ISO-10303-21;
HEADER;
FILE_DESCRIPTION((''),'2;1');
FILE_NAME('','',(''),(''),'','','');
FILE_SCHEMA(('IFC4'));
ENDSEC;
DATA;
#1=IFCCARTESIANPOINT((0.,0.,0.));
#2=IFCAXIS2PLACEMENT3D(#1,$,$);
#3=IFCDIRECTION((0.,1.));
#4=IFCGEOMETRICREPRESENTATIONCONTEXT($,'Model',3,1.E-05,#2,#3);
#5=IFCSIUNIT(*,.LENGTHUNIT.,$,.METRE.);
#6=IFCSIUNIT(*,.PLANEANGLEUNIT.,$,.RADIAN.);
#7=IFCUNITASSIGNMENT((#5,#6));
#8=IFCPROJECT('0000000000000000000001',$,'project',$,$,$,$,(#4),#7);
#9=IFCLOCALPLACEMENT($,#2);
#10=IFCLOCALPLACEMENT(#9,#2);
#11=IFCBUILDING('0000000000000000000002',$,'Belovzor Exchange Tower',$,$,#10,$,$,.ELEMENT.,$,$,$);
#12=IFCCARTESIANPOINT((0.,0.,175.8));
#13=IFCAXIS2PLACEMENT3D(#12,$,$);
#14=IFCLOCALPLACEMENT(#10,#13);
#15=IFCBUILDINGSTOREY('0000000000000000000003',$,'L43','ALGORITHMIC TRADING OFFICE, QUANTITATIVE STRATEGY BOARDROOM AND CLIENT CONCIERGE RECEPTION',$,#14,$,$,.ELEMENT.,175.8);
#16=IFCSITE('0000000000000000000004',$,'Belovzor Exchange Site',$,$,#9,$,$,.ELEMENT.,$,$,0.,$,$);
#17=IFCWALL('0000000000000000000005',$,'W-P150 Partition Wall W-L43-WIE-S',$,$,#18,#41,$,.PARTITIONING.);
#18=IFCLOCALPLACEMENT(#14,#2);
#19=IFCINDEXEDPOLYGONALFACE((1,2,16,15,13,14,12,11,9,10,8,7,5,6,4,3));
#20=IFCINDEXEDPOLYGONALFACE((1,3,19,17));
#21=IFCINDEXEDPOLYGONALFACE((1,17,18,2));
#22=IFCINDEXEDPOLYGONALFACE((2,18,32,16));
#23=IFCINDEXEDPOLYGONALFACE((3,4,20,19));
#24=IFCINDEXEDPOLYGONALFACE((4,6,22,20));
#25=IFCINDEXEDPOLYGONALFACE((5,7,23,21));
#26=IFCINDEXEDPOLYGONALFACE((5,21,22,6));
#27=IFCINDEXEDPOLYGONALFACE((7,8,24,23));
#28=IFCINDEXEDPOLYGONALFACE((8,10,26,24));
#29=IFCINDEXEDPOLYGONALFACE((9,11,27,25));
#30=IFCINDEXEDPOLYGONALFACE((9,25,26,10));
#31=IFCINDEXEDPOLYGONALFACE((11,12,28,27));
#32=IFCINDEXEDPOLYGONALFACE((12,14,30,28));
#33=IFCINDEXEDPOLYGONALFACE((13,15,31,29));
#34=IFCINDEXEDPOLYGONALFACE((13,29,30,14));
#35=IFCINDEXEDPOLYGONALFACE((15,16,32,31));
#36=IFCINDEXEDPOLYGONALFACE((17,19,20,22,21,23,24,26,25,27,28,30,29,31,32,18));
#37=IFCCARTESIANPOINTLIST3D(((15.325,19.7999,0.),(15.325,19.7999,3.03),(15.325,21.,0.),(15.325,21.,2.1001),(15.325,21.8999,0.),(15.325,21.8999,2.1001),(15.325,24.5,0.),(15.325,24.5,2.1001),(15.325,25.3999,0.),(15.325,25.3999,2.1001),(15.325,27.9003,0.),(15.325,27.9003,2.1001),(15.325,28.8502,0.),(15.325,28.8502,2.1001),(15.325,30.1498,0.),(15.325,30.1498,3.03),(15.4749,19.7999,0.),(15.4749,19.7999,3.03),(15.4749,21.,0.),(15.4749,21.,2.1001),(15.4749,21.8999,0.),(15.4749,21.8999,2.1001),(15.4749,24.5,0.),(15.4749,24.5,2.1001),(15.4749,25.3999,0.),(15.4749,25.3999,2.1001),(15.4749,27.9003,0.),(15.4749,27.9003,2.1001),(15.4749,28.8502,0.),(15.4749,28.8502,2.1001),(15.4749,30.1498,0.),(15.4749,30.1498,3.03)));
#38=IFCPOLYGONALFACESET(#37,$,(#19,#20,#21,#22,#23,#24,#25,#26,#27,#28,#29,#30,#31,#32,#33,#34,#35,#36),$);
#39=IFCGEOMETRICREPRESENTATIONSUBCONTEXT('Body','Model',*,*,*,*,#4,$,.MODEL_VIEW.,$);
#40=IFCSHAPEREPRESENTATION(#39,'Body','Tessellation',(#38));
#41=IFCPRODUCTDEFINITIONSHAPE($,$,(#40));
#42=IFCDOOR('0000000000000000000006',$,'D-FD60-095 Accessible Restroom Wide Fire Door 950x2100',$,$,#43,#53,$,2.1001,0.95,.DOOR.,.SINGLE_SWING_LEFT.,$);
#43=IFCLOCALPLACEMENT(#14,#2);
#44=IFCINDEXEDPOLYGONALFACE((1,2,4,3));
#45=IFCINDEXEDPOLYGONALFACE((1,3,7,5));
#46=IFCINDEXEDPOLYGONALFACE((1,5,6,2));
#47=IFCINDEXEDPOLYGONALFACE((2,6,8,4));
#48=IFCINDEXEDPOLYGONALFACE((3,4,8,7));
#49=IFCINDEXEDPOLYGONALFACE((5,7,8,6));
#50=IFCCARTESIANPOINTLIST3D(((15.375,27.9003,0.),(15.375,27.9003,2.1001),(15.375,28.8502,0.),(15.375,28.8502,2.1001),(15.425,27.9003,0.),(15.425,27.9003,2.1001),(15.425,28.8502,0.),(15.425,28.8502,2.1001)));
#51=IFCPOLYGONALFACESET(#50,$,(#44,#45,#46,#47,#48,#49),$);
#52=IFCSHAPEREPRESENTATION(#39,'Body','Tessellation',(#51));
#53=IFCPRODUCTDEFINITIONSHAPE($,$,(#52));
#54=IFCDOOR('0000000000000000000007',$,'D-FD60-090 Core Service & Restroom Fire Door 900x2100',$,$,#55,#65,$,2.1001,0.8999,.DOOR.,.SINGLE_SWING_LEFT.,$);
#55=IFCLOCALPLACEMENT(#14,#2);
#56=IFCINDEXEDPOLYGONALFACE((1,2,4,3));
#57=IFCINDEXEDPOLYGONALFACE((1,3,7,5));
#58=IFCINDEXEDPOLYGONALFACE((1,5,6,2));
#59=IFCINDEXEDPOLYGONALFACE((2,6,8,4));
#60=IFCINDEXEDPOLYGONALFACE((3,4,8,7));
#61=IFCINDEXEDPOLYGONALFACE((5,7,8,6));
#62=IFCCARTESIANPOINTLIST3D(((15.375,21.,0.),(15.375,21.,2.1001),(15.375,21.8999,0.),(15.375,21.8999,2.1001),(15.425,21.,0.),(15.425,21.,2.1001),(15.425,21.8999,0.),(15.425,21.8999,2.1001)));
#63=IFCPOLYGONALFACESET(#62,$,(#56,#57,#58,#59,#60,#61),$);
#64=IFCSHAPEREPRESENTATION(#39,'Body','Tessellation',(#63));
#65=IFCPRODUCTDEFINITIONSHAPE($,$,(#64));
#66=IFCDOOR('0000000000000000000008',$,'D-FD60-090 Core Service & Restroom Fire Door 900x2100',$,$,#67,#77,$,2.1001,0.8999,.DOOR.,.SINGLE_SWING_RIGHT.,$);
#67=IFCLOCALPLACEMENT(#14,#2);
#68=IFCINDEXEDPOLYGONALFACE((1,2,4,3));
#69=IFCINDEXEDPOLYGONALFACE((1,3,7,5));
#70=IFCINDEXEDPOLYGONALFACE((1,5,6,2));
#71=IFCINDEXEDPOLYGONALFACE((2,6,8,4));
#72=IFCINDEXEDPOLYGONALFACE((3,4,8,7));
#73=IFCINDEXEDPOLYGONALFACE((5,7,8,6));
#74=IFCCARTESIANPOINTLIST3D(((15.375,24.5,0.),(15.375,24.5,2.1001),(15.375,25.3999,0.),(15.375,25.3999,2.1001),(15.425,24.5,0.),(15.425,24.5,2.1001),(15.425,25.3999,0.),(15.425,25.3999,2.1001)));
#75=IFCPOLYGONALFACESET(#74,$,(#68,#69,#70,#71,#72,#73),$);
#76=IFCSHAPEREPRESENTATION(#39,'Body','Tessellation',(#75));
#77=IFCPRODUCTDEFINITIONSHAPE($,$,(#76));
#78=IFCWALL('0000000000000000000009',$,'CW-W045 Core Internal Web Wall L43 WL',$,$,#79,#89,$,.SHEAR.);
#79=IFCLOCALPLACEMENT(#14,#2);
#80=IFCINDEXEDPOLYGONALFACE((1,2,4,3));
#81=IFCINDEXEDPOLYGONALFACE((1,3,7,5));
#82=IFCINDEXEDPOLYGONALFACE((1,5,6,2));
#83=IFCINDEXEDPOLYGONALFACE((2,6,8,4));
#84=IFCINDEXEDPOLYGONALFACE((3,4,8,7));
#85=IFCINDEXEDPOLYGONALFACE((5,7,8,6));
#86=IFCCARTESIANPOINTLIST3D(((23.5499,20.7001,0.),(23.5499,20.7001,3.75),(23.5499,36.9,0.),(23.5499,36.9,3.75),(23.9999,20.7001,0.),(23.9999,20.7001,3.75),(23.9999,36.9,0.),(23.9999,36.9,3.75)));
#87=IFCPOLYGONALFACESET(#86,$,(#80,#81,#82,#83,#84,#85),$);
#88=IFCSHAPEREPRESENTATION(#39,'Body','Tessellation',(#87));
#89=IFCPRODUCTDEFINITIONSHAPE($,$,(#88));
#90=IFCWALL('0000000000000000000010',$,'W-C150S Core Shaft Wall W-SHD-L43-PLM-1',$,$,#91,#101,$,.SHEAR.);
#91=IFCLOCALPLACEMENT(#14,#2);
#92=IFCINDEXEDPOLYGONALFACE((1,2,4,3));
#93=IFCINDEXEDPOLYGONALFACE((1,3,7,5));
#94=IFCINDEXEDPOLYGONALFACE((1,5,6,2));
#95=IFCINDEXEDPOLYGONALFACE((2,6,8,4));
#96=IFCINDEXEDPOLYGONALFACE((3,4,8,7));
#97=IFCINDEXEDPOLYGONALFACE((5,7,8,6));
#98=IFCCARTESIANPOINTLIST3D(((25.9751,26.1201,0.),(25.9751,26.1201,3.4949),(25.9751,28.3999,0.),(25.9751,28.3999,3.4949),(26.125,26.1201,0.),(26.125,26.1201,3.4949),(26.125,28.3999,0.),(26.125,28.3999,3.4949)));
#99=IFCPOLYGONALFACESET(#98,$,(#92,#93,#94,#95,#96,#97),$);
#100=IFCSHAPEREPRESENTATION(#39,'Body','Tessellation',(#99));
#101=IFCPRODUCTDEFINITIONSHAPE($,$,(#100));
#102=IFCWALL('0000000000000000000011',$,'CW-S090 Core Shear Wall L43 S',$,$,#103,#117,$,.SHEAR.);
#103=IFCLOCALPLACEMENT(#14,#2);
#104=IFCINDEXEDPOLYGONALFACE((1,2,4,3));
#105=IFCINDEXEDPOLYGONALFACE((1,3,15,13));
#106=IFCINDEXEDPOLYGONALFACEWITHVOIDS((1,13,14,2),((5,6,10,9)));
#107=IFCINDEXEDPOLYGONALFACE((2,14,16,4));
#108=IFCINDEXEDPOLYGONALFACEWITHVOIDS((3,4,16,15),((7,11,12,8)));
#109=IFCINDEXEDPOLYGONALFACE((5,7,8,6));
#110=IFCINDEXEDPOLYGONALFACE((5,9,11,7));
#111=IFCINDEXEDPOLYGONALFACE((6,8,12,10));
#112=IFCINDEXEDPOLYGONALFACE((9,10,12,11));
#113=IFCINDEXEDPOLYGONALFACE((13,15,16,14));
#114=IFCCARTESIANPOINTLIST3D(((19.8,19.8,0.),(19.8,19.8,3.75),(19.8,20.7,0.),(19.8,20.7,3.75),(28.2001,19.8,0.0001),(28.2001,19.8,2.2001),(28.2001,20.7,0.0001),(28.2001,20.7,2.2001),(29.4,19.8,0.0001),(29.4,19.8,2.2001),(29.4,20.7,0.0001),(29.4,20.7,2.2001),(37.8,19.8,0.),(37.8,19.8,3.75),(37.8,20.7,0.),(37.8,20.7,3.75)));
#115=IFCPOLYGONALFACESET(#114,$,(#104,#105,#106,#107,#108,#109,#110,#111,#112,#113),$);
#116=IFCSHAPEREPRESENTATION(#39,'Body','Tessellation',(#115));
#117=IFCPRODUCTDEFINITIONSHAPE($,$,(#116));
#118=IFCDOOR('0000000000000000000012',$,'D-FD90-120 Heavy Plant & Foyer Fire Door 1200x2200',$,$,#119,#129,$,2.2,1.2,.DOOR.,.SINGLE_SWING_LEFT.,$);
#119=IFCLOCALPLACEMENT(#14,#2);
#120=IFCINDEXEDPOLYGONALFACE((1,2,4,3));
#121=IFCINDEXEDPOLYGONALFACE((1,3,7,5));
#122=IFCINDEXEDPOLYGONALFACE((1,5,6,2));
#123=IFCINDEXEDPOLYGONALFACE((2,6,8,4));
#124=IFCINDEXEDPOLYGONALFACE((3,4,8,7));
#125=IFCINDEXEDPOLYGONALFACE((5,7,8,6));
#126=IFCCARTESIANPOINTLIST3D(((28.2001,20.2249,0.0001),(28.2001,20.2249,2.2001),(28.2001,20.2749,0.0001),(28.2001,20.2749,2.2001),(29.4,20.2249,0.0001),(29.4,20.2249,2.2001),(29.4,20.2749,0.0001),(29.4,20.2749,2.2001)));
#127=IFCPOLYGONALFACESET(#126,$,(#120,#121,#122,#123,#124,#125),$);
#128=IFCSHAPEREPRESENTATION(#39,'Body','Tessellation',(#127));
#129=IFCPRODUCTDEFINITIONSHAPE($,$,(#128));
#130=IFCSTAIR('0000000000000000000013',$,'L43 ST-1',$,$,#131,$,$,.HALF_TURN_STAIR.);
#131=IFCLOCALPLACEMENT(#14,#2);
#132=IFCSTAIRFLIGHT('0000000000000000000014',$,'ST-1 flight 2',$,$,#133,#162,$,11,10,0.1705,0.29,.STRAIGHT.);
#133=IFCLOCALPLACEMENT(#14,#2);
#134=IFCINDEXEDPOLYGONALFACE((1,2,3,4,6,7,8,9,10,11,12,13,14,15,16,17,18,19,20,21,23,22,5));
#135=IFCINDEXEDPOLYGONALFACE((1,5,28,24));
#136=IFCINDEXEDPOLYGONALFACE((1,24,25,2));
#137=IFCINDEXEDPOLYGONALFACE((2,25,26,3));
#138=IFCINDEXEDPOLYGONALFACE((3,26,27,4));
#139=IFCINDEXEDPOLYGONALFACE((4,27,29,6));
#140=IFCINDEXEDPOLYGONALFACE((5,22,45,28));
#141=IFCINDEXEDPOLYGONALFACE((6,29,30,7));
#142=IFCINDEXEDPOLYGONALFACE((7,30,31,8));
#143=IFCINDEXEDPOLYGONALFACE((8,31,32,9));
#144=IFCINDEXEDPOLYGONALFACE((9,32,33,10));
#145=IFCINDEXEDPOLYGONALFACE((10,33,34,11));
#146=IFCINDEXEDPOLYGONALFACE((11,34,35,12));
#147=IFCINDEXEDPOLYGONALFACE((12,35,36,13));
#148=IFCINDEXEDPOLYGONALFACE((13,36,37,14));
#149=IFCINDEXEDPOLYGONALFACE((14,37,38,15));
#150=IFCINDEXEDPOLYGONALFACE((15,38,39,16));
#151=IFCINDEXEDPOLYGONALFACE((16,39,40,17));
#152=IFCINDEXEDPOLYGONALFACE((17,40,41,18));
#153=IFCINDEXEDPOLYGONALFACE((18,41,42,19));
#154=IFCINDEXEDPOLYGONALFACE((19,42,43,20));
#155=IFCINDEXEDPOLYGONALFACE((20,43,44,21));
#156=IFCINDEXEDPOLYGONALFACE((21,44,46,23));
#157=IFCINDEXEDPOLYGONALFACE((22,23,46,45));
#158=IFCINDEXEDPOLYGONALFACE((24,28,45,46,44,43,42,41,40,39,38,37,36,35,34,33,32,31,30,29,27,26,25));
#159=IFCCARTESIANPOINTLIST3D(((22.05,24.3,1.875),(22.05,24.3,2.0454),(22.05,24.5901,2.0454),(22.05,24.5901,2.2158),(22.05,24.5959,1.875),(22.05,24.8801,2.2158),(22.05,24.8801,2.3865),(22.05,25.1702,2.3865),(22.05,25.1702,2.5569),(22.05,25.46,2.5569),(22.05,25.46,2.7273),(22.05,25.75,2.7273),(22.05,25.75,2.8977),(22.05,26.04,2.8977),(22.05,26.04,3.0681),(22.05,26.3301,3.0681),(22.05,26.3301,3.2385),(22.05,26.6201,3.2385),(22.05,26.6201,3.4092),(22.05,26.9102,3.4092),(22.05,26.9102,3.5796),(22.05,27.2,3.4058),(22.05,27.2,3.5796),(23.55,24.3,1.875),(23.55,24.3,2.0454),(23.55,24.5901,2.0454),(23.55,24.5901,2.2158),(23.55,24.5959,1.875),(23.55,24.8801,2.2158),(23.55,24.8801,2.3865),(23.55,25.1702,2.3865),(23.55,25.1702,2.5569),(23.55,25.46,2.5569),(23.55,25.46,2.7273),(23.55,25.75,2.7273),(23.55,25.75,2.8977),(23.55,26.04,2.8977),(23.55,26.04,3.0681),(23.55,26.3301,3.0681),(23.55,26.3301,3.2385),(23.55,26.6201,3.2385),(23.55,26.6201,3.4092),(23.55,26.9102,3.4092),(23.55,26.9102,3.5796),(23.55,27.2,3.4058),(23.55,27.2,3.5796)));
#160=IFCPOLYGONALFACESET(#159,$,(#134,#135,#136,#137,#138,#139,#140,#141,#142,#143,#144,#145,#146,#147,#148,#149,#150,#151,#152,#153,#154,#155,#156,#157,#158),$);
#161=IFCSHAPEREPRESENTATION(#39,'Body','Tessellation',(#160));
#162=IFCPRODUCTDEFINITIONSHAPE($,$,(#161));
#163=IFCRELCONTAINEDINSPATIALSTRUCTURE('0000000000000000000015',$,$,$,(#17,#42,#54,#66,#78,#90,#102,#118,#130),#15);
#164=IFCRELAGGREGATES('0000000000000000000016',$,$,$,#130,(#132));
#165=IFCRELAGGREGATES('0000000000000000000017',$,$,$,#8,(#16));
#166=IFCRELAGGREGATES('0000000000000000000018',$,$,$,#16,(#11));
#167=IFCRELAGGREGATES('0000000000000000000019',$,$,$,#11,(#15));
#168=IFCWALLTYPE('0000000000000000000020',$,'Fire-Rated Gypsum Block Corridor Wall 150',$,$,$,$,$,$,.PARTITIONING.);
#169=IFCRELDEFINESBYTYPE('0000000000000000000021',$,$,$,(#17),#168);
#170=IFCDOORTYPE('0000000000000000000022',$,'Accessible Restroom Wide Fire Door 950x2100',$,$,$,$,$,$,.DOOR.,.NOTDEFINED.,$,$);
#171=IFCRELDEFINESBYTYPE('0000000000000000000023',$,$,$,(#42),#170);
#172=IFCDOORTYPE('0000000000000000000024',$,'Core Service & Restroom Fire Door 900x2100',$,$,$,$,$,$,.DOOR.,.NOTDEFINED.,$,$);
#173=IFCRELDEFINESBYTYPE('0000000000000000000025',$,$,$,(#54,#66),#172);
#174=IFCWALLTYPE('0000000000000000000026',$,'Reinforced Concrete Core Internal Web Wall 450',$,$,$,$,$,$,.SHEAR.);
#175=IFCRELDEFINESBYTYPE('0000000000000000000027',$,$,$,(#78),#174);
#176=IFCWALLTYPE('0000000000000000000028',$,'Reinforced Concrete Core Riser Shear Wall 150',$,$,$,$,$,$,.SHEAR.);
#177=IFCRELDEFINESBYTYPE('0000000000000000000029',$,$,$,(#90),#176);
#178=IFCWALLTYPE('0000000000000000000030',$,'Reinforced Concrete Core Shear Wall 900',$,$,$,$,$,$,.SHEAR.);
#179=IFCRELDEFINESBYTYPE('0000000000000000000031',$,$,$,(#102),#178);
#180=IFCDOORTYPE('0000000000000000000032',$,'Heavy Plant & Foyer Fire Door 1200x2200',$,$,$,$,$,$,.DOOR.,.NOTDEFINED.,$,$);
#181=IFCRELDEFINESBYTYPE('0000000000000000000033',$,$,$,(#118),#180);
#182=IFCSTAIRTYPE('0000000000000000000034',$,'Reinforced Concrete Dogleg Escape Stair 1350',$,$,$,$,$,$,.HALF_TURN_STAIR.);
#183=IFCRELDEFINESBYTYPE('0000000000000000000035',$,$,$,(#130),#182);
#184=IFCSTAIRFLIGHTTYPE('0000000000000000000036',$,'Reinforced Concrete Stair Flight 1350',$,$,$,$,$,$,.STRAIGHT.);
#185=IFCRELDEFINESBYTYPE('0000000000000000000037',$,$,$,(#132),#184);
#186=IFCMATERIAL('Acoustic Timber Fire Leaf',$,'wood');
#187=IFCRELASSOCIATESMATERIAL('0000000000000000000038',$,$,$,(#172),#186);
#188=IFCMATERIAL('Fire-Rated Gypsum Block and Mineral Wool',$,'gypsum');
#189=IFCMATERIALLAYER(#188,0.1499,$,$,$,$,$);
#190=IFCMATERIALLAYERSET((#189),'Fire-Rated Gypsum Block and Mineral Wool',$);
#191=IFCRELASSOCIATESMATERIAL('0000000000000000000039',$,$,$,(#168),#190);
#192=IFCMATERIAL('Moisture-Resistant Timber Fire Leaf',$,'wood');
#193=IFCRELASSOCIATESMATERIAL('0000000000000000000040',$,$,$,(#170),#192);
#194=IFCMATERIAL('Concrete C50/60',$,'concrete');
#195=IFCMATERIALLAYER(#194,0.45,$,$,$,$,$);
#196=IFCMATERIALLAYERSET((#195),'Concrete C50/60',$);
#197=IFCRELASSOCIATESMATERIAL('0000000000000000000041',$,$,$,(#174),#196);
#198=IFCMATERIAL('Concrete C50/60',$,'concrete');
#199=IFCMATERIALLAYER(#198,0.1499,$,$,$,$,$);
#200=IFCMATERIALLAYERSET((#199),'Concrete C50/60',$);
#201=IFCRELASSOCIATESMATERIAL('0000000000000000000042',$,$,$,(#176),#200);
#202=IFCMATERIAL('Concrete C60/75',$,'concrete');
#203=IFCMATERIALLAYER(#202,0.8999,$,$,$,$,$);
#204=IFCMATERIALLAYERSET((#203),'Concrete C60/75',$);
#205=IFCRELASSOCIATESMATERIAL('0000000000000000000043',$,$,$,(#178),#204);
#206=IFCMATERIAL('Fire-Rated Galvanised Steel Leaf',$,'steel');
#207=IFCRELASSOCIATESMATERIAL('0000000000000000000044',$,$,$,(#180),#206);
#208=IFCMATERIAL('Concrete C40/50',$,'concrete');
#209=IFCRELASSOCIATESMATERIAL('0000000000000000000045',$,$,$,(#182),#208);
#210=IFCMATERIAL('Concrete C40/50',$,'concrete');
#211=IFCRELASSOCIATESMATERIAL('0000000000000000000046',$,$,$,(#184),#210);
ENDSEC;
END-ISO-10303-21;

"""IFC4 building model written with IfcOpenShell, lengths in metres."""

from ifc_helpers import new_model, si_unit, direction, frame, frame_2d, origin, place, context, subcontext, project, spatial, polyline, rectangle, outline, extrude, material, layer, layer_set, type_object, element, fill, aggregate, save


model = new_model("IFC4")

# Units and contexts
model_context = context("Model", 3, precision=1e-05, world=origin(), true_north=direction((0.0, 1.0)))
body_context = subcontext(model_context, "Body", "Model", "MODEL_VIEW")
ifc_project = project(units=[si_unit("LENGTHUNIT", "METRE"), si_unit("PLANEANGLEUNIT", "RADIAN")], contexts=[model_context])

# Site, building, storey
site_placement = place(None, origin())
site = spatial("IfcSite", under=ifc_project, at=site_placement, Name="Belovzor Exchange Site", CompositionType="ELEMENT", RefElevation=0.0)
building_placement = place(site_placement, origin())
building = spatial("IfcBuilding", under=site, at=building_placement, Name="Belovzor Exchange Tower", CompositionType="ELEMENT")
storey_placement = place(building_placement, frame((0.0, 0.0, 175.8)))
storey = spatial("IfcBuildingStorey", under=building, at=storey_placement, Name="L43", Description="ALGORITHMIC TRADING OFFICE, QUANTITATIVE STRATEGY BOARDROOM AND CLIENT CONCIERGE RECEPTION", CompositionType="ELEMENT", Elevation=175.8)

# Shared definitions
ifc_material_1 = material(Name="Acoustic Timber Fire Leaf", Category="wood")
door_type_1 = type_object("IfcDoorType", Name="Core Service & Restroom Fire Door 900x2100", OperationType="NOTDEFINED", PredefinedType="DOOR", material=ifc_material_1)

# Shared definitions
ifc_material_2 = material(Name="Fire-Rated Gypsum Block and Mineral Wool", Category="gypsum")
ifc_layer_1 = layer(ifc_material_2, 0.1499)
ifc_layer_set_1 = layer_set([ifc_layer_1], Name="Fire-Rated Gypsum Block and Mineral Wool")
wall_type_1 = type_object("IfcWallType", Name="Fire-Rated Gypsum Block Corridor Wall 150", PredefinedType="PARTITIONING", material=ifc_layer_set_1)

# Wall, openings, doors
wall_1_placement = place(storey_placement, frame((15.3999, 19.8, 0.0), z_axis=(0.0, 0.0, 1.0), x_axis=(0.0, 1.0, 0.0)))
wall_1 = element("IfcWall", 1, at=wall_1_placement, inside=storey, type_object=wall_type_1, Name="W-P150 Partition Wall W-L43-WIE-S", PredefinedType="PARTITIONING", context=body_context, shape_type="SweptSolid", body=[
    extrude(rectangle(XDim=10.3499, YDim=0.1499, at=frame_2d((5.1748, 0.0))), origin(), (0.0, 0.0, 1.0), 3.03),
])
opening_1_placement = place(wall_1_placement, frame((1.2, 0.0, 0.0)))
opening_1 = element("IfcOpeningElement", 2, at=opening_1_placement, cuts=wall_1, PredefinedType="OPENING", context=body_context, shape_type="SweptSolid", body=[
    extrude(rectangle(XDim=0.8999, YDim=2.1001, at=frame_2d((0.45, 1.05))), frame((0.0, 0.085, 0.0), z_axis=(0.0, -1.0, 0.0), x_axis=(1.0, 0.0, 0.0)), (0.0, 0.0, 1.0), 0.1699),
])
opening_2_placement = place(wall_1_placement, frame((4.7, 0.0, 0.0)))
opening_2 = element("IfcOpeningElement", 3, at=opening_2_placement, cuts=wall_1, PredefinedType="OPENING", context=body_context, shape_type="SweptSolid", body=[
    extrude(rectangle(XDim=0.8999, YDim=2.1001, at=frame_2d((0.45, 1.05))), frame((0.0, 0.085, 0.0), z_axis=(0.0, -1.0, 0.0), x_axis=(1.0, 0.0, 0.0)), (0.0, 0.0, 1.0), 0.1699),
])
opening_3_placement = place(wall_1_placement, frame((8.1001, 0.0, 0.0)))
opening_3 = element("IfcOpeningElement", 4, at=opening_3_placement, cuts=wall_1, PredefinedType="OPENING", context=body_context, shape_type="SweptSolid", body=[
    extrude(rectangle(XDim=0.95, YDim=2.1001, at=frame_2d((0.4751, 1.05))), frame((0.0, 0.085, 0.0), z_axis=(0.0, -1.0, 0.0), x_axis=(1.0, 0.0, 0.0)), (0.0, 0.0, 1.0), 0.1699),
])
ifc_material_3 = material(Name="Moisture-Resistant Timber Fire Leaf", Category="wood")
door_type_2 = type_object("IfcDoorType", Name="Accessible Restroom Wide Fire Door 950x2100", OperationType="NOTDEFINED", PredefinedType="DOOR", material=ifc_material_3)
door_1_placement = place(opening_3_placement, origin())
door_1 = element("IfcDoor", 5, at=door_1_placement, inside=storey, type_object=door_type_2, Name="D-FD60-095 Accessible Restroom Wide Fire Door 950x2100", OperationType="SINGLE_SWING_LEFT", OverallHeight=2.1001, OverallWidth=0.95, PredefinedType="DOOR", context=body_context, shape_type="SweptSolid", body=[
    extrude(rectangle(XDim=0.95, YDim=2.1001, at=frame_2d((0.4751, 1.05))), frame((0.0, 0.0249, 0.0), z_axis=(0.0, -1.0, 0.0), x_axis=(1.0, 0.0, 0.0)), (0.0, 0.0, 1.0), 0.05),
])
fill(opening_3, door_1)
door_2_placement = place(opening_1_placement, origin())
door_2 = element("IfcDoor", 6, at=door_2_placement, inside=storey, type_object=door_type_1, Name="D-FD60-090 Core Service & Restroom Fire Door 900x2100", OperationType="SINGLE_SWING_LEFT", OverallHeight=2.1001, OverallWidth=0.8999, PredefinedType="DOOR", context=body_context, shape_type="SweptSolid", body=[
    extrude(rectangle(XDim=0.8999, YDim=2.1001, at=frame_2d((0.45, 1.05))), frame((0.0, 0.0249, 0.0), z_axis=(0.0, -1.0, 0.0), x_axis=(1.0, 0.0, 0.0)), (0.0, 0.0, 1.0), 0.05),
])
fill(opening_1, door_2)
door_3_placement = place(opening_2_placement, origin())
door_3 = element("IfcDoor", 7, at=door_3_placement, inside=storey, type_object=door_type_1, Name="D-FD60-090 Core Service & Restroom Fire Door 900x2100", OperationType="SINGLE_SWING_RIGHT", OverallHeight=2.1001, OverallWidth=0.8999, PredefinedType="DOOR", context=body_context, shape_type="SweptSolid", body=[
    extrude(rectangle(XDim=0.8999, YDim=2.1001, at=frame_2d((0.45, 1.05))), frame((0.0, 0.0249, 0.0), z_axis=(0.0, -1.0, 0.0), x_axis=(1.0, 0.0, 0.0)), (0.0, 0.0, 1.0), 0.05),
])
fill(opening_2, door_3)

# Walls
ifc_material_4 = material(Name="Concrete C50/60", Category="concrete")
ifc_layer_2 = layer(ifc_material_4, 0.45)
ifc_layer_set_2 = layer_set([ifc_layer_2], Name="Concrete C50/60")
wall_type_2 = type_object("IfcWallType", Name="Reinforced Concrete Core Internal Web Wall 450", PredefinedType="SHEAR", material=ifc_layer_set_2)
wall_2_placement = place(storey_placement, frame((23.7749, 20.7, 0.0), z_axis=(0.0, 0.0, 1.0), x_axis=(0.0, 1.0, 0.0)))
element("IfcWall", 8, at=wall_2_placement, inside=storey, type_object=wall_type_2, Name="CW-W045 Core Internal Web Wall L43 WL", PredefinedType="SHEAR", context=body_context, shape_type="SweptSolid", body=[
    extrude(rectangle(XDim=16.2, YDim=0.45, at=frame_2d((8.1001, 0.0))), origin(), (0.0, 0.0, 1.0), 3.75),
])
ifc_material_5 = material(Name="Concrete C50/60", Category="concrete")
ifc_layer_3 = layer(ifc_material_5, 0.1499)
ifc_layer_set_3 = layer_set([ifc_layer_3], Name="Concrete C50/60")
wall_type_3 = type_object("IfcWallType", Name="Reinforced Concrete Core Riser Shear Wall 150", PredefinedType="SHEAR", material=ifc_layer_set_3)
wall_3_placement = place(storey_placement, frame((26.05, 26.1201, 0.0), z_axis=(0.0, 0.0, 1.0), x_axis=(0.0, 1.0, 0.0)))
element("IfcWall", 9, at=wall_3_placement, inside=storey, type_object=wall_type_3, Name="W-C150S Core Shaft Wall W-SHD-L43-PLM-1", PredefinedType="SHEAR", context=body_context, shape_type="SweptSolid", body=[
    extrude(rectangle(XDim=2.2798, YDim=0.1499, at=frame_2d((1.1399, 0.0))), origin(), (0.0, 0.0, 1.0), 3.4949),
])

# Wall, opening, door
ifc_material_6 = material(Name="Concrete C60/75", Category="concrete")
ifc_layer_4 = layer(ifc_material_6, 0.8999)
ifc_layer_set_4 = layer_set([ifc_layer_4], Name="Concrete C60/75")
wall_type_4 = type_object("IfcWallType", Name="Reinforced Concrete Core Shear Wall 900", PredefinedType="SHEAR", material=ifc_layer_set_4)
wall_4_placement = place(storey_placement, frame((19.8, 20.25, 0.0), z_axis=(0.0, 0.0, 1.0), x_axis=(1.0, 0.0, 0.0)))
wall_4 = element("IfcWall", 10, at=wall_4_placement, inside=storey, type_object=wall_type_4, Name="CW-S090 Core Shear Wall L43 S", PredefinedType="SHEAR", context=body_context, shape_type="SweptSolid", body=[
    extrude(rectangle(XDim=18.0, YDim=0.8999, at=frame_2d((9.0, 0.0))), origin(), (0.0, 0.0, 1.0), 3.75),
])
opening_4_placement = place(wall_4_placement, frame((8.3999, 0.0, 0.0)))
opening_4 = element("IfcOpeningElement", 11, at=opening_4_placement, cuts=wall_4, PredefinedType="OPENING", context=body_context, shape_type="SweptSolid", body=[
    extrude(rectangle(XDim=1.2, YDim=2.2, at=frame_2d((0.6001, 1.1001))), frame((0.0, 0.46, 0.0), z_axis=(0.0, -1.0, 0.0), x_axis=(1.0, 0.0, 0.0)), (0.0, 0.0, 1.0), 0.9199),
])
ifc_material_7 = material(Name="Fire-Rated Galvanised Steel Leaf", Category="steel")
door_type_3 = type_object("IfcDoorType", Name="Heavy Plant & Foyer Fire Door 1200x2200", OperationType="NOTDEFINED", PredefinedType="DOOR", material=ifc_material_7)
door_4_placement = place(opening_4_placement, origin())
door_4 = element("IfcDoor", 12, at=door_4_placement, inside=storey, type_object=door_type_3, Name="D-FD90-120 Heavy Plant & Foyer Fire Door 1200x2200", OperationType="SINGLE_SWING_LEFT", OverallHeight=2.2, OverallWidth=1.2, PredefinedType="DOOR", context=body_context, shape_type="SweptSolid", body=[
    extrude(rectangle(XDim=1.2, YDim=2.2, at=frame_2d((0.6001, 1.1001))), frame((0.0, 0.0249, 0.0), z_axis=(0.0, -1.0, 0.0), x_axis=(1.0, 0.0, 0.0)), (0.0, 0.0, 1.0), 0.05),
])
fill(opening_4, door_4)

# Stair, stair flight
ifc_material_8 = material(Name="Concrete C40/50", Category="concrete")
stair_type = type_object("IfcStairType", Name="Reinforced Concrete Dogleg Escape Stair 1350", PredefinedType="HALF_TURN_STAIR", material=ifc_material_8)
stair_placement = place(storey_placement, origin())
stair = element("IfcStair", 13, at=stair_placement, inside=storey, type_object=stair_type, Name="L43 ST-1", PredefinedType="HALF_TURN_STAIR")
ifc_material_9 = material(Name="Concrete C40/50", Category="concrete")
stair_flight_type = type_object("IfcStairFlightType", Name="Reinforced Concrete Stair Flight 1350", PredefinedType="STRAIGHT", material=ifc_material_9)
stair_flight_placement = place(storey_placement, frame((22.8, 24.3, 1.875), z_axis=(0.0, 0.0, 1.0), x_axis=(0.0, 1.0, 0.0)))
stair_flight = element("IfcStairFlight", 14, at=stair_flight_placement, type_object=stair_flight_type, Name="ST-1 flight 2", NumberOfRisers=11, NumberOfTreads=10, PredefinedType="STRAIGHT", RiserHeight=0.1705, TreadLength=0.29, context=body_context, shape_type="SweptSolid", body=[
    extrude(outline(polyline([(0.0, 0.0), (0.0, 0.1704), (0.29, 0.1704), (0.29, 0.3408), (0.5801, 0.3408), (0.5801, 0.5115), (0.8701, 0.5115), (0.8701, 0.6819), (1.1599, 0.6819), (1.1599, 0.8523), (1.45, 0.8523), (1.45, 1.0227), (1.74, 1.0227), (1.74, 1.1931), (2.03, 1.1931), (2.03, 1.3635), (2.3201, 1.3635), (2.3201, 1.5342), (2.6101, 1.5342), (2.6101, 1.7046), (2.8999, 1.7046), (2.8999, 1.875), (2.8999, 1.5308), (0.2959, 0.0), (0.0, 0.0)])), frame((0.0, 0.75, 0.0), z_axis=(0.0, -1.0, 0.0), x_axis=(1.0, 0.0, 0.0)), (0.0, 0.0, 1.0), 1.5),
])
aggregate(stair, [stair_flight])

save(model, "model.ifc")
